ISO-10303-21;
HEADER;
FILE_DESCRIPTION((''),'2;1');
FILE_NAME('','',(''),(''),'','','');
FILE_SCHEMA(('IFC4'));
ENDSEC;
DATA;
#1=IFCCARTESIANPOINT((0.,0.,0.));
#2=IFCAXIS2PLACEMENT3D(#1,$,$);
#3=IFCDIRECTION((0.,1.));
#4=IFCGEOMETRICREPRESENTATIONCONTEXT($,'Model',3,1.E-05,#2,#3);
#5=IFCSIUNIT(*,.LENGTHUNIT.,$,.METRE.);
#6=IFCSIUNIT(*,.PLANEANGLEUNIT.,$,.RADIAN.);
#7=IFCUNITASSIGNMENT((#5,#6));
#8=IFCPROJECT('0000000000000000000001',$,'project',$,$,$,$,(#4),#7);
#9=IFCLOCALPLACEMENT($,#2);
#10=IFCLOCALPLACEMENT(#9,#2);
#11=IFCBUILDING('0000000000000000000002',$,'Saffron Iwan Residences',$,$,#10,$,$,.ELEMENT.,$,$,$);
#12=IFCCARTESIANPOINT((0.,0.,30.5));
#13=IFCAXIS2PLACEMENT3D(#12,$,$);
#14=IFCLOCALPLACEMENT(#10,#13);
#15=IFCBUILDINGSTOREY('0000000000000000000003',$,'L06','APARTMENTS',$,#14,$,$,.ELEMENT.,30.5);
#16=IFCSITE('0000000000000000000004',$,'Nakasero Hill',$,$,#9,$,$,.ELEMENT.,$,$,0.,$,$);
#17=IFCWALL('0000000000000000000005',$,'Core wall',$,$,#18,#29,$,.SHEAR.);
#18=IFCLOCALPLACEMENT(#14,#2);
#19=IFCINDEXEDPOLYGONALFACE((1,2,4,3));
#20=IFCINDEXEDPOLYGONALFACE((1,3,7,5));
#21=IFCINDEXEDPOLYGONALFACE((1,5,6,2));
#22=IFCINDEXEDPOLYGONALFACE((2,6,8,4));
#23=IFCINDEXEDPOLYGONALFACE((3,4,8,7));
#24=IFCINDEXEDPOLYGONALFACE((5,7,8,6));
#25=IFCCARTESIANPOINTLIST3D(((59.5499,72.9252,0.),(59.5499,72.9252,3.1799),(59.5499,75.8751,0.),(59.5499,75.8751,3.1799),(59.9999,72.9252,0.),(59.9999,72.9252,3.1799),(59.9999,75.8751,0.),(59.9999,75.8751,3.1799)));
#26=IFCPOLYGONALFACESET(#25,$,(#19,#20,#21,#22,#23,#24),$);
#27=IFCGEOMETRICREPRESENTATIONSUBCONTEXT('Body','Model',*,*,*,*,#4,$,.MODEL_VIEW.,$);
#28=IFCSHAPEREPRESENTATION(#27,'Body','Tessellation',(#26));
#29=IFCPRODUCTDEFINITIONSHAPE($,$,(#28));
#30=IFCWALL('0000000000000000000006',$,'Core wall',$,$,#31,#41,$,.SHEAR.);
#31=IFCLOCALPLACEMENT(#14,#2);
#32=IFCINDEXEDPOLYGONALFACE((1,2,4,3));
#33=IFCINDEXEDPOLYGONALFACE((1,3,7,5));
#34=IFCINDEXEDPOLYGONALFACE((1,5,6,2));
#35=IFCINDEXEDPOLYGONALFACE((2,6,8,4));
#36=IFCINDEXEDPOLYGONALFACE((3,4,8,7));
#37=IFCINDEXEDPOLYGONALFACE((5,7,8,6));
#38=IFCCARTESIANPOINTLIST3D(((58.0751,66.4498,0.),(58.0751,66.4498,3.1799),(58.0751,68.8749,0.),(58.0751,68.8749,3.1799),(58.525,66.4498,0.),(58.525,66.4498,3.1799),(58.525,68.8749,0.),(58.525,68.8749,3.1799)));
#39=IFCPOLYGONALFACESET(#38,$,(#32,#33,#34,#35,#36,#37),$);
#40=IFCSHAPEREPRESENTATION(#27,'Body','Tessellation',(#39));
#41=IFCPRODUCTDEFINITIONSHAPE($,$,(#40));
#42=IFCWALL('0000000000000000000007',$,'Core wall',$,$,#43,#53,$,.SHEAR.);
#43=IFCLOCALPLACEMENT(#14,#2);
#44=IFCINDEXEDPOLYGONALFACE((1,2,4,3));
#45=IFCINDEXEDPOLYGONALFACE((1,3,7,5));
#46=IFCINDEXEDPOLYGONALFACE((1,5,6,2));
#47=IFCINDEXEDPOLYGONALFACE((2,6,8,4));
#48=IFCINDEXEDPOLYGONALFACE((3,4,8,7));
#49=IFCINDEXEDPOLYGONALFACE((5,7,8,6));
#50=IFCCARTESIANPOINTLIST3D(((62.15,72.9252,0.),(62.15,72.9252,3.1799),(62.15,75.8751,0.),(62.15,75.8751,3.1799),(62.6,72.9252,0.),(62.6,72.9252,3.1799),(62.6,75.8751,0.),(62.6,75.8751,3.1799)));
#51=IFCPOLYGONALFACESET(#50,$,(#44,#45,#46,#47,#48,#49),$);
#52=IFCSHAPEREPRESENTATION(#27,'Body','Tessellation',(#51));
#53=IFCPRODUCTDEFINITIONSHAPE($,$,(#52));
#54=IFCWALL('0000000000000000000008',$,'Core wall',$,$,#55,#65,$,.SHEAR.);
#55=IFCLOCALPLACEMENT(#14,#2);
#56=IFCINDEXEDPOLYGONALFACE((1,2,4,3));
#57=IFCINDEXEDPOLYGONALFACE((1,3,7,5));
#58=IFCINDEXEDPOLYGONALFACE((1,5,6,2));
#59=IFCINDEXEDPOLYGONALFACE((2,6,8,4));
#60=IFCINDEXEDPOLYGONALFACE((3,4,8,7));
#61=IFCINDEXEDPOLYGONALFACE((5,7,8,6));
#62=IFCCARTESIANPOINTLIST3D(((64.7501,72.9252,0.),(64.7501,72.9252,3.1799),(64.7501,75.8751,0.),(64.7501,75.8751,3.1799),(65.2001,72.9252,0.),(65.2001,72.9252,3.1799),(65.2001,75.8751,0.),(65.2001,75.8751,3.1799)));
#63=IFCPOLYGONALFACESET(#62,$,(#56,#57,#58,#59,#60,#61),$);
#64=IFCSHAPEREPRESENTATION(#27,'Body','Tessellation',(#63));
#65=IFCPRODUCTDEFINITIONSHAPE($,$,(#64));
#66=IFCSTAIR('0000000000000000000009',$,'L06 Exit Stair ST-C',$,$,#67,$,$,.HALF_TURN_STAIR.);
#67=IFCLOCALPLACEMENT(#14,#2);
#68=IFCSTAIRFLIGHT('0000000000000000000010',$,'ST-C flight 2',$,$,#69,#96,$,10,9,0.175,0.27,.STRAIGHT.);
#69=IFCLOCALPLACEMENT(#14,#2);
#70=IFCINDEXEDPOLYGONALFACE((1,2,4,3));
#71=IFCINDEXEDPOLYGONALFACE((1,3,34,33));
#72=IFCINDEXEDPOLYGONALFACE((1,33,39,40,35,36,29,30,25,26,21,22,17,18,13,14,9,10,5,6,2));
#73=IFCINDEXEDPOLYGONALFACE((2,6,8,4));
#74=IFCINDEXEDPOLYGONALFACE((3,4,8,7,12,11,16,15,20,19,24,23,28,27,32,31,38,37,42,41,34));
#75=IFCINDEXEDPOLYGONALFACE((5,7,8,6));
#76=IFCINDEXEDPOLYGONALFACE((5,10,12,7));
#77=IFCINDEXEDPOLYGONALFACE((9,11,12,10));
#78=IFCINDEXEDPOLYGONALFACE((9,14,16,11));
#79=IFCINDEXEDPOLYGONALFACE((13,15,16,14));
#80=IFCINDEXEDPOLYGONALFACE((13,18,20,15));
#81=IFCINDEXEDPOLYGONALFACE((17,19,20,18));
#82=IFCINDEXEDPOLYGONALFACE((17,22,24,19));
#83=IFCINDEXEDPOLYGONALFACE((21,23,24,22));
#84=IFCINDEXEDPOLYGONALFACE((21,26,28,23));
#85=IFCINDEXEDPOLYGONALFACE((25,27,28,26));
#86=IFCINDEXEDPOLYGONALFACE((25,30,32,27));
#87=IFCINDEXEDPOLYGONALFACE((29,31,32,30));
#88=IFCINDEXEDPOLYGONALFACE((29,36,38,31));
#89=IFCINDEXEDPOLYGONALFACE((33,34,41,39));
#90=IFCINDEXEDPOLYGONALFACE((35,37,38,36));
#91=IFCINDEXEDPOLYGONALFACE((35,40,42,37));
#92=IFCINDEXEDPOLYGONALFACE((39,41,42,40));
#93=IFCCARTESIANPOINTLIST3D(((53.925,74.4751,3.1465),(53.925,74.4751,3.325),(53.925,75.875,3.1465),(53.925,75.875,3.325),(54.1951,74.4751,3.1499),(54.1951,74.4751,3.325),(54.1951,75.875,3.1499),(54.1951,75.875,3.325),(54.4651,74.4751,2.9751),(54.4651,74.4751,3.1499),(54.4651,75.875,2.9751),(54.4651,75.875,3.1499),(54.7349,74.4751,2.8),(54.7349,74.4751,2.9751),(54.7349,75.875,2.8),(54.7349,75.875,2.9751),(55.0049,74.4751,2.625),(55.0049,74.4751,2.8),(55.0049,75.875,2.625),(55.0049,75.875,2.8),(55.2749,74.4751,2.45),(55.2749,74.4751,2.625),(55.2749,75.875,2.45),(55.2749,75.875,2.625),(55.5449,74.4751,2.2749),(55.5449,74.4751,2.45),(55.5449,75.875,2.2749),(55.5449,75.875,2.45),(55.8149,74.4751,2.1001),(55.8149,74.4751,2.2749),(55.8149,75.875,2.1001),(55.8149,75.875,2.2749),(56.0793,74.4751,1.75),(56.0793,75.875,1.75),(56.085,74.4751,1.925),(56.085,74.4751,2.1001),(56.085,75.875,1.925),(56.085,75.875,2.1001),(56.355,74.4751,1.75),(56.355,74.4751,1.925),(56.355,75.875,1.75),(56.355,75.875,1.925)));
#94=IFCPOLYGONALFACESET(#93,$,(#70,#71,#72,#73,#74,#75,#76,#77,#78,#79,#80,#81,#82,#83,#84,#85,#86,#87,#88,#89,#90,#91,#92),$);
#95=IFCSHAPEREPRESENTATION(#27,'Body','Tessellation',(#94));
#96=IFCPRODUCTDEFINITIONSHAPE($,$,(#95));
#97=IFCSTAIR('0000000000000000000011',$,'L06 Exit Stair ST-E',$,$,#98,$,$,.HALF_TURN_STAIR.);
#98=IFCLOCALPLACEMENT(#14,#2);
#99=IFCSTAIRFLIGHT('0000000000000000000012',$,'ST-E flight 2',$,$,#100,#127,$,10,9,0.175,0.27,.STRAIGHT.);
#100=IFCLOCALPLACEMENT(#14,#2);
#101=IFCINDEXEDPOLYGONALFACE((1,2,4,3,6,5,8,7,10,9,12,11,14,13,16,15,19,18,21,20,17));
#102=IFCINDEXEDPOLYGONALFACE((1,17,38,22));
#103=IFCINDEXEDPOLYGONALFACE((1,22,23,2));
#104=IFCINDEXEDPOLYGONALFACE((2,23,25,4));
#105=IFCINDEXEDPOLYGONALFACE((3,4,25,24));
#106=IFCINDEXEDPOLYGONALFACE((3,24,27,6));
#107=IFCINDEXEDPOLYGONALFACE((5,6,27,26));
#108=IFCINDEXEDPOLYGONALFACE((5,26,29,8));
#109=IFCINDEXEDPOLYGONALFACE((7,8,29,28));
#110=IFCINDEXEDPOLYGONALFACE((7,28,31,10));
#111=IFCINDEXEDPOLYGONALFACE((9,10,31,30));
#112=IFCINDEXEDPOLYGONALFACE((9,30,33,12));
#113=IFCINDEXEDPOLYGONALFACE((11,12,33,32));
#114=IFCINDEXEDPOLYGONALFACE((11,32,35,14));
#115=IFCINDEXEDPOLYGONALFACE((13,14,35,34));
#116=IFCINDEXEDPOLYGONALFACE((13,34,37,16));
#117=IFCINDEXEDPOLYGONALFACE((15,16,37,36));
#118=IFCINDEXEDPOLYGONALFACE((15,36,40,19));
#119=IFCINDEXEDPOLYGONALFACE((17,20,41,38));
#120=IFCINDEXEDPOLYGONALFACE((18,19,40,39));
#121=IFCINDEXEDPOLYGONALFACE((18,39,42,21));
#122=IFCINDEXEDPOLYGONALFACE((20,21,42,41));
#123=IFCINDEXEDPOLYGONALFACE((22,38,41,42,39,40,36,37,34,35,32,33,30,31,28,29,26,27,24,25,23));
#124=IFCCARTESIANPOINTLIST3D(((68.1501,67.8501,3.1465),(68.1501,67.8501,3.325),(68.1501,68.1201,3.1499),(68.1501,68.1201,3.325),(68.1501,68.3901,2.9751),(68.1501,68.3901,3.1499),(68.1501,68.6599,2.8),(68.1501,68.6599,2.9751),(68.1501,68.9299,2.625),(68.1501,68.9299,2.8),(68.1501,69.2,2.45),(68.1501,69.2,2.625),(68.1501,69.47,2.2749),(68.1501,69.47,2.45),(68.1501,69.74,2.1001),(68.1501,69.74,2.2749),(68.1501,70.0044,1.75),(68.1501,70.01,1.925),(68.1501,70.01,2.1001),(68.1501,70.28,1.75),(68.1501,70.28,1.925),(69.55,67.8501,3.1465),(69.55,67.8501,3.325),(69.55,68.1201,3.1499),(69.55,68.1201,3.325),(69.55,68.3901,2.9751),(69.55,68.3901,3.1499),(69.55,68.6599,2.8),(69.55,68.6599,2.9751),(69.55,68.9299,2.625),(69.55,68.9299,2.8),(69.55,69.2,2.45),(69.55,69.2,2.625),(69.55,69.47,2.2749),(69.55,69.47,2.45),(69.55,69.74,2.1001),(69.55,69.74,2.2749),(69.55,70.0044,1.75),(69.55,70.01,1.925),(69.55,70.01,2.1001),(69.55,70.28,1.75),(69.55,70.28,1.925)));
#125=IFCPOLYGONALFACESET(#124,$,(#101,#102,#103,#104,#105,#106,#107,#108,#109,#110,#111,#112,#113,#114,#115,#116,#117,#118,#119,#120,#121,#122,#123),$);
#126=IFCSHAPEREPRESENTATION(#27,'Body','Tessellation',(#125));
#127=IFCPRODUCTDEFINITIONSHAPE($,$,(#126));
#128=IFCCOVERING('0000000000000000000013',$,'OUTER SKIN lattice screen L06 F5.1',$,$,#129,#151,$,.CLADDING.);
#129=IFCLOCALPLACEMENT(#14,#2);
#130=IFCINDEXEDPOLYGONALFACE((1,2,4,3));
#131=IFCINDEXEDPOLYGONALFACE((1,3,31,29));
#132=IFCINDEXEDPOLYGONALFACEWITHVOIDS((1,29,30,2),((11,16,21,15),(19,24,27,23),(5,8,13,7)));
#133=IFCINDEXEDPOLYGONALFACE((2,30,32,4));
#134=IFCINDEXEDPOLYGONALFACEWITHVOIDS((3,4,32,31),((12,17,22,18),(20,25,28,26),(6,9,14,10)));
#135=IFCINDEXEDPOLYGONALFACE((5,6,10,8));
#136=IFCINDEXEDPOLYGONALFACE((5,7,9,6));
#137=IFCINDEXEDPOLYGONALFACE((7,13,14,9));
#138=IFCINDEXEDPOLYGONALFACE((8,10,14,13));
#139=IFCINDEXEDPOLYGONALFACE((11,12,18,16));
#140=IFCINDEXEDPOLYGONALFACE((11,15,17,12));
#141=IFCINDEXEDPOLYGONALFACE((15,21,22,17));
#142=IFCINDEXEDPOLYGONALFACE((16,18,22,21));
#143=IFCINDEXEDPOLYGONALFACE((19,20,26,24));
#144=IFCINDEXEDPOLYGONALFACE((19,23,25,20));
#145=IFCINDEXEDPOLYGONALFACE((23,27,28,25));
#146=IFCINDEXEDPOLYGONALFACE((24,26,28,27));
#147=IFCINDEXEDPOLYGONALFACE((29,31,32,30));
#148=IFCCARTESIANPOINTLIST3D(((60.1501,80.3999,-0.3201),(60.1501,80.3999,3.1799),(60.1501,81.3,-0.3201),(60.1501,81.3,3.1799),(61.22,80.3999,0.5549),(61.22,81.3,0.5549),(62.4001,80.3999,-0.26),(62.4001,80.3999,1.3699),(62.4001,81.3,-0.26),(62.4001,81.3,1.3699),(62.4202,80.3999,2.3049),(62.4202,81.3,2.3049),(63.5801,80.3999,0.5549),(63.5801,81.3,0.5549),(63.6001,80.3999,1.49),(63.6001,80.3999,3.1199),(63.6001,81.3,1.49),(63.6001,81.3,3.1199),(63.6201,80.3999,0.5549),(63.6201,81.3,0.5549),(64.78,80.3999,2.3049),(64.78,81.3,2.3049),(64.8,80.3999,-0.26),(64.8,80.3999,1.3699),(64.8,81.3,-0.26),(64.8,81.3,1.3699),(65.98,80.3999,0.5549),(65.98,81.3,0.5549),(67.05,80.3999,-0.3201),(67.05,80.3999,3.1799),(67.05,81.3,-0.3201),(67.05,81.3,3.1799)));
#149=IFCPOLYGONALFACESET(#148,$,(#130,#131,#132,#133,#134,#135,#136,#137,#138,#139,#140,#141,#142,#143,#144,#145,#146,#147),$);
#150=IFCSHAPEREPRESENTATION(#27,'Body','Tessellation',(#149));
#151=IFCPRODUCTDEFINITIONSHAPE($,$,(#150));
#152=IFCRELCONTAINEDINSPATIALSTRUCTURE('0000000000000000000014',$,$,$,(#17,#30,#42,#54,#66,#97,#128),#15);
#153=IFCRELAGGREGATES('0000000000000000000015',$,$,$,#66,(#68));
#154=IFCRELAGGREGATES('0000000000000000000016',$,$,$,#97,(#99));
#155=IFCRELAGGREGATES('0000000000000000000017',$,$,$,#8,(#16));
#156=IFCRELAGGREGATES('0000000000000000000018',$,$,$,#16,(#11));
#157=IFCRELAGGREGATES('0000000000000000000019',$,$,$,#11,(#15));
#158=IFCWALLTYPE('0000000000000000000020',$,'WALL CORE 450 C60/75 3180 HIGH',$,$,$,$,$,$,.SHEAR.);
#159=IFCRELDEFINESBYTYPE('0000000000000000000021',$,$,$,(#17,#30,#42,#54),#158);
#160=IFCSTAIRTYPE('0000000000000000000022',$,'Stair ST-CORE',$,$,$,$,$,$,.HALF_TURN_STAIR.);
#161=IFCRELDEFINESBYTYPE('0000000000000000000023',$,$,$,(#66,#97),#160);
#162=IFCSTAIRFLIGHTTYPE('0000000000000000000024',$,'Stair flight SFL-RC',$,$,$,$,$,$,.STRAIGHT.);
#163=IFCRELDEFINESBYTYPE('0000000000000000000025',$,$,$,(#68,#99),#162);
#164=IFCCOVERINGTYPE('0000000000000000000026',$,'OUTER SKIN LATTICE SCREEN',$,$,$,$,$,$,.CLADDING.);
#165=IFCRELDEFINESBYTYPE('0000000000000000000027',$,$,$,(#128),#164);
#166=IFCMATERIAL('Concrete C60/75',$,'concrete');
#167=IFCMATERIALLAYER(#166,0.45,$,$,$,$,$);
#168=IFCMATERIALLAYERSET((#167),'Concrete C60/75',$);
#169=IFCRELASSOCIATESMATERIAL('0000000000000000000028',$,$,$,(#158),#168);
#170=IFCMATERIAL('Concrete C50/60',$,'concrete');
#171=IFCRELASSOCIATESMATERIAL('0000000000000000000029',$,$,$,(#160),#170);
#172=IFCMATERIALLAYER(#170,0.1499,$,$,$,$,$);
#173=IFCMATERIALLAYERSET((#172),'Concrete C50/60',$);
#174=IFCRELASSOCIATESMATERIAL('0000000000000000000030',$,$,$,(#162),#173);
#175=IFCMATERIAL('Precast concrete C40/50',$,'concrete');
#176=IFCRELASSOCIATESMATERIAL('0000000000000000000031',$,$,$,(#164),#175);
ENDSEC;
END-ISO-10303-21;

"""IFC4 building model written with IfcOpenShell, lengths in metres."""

from ifc_helpers import new_model, si_unit, direction, frame, frame_2d, origin, place, context, subcontext, project, spatial, polyline, rectangle, outline, extrude, material, layer, layer_set, type_object, element, aggregate, save


model = new_model("IFC4")

# Units and contexts
model_context = context("Model", 3, precision=1e-05, world=origin(), true_north=direction((0.0, 1.0)))
body_context = subcontext(model_context, "Body", "Model", "MODEL_VIEW")
ifc_project = project(units=[si_unit("LENGTHUNIT", "METRE"), si_unit("PLANEANGLEUNIT", "RADIAN")], contexts=[model_context])

# Site, building, storey
site_placement = place(None, origin())
site = spatial("IfcSite", under=ifc_project, at=site_placement, Name="Nakasero Hill", CompositionType="ELEMENT", RefElevation=0.0)
building_placement = place(site_placement, origin())
building = spatial("IfcBuilding", under=site, at=building_placement, Name="Saffron Iwan Residences", CompositionType="ELEMENT")
storey_placement = place(building_placement, frame((0.0, 0.0, 30.5)))
storey = spatial("IfcBuildingStorey", under=building, at=storey_placement, Name="L06", Description="APARTMENTS", CompositionType="ELEMENT", Elevation=30.5)

# Shared definitions
ifc_material_1 = material(Name="Concrete C60/75", Category="concrete")

# Shared definitions
ifc_layer_1 = layer(ifc_material_1, 0.45)
ifc_layer_set_1 = layer_set([ifc_layer_1], Name="Concrete C60/75")
wall_type_1 = type_object("IfcWallType", Name="WALL CORE 450 C60/75 3180 HIGH", PredefinedType="SHEAR", material=ifc_layer_set_1)

# Walls
wall_1_placement = place(storey_placement, frame((59.7749, 72.925, 0.0), z_axis=(0.0, 0.0, 1.0), x_axis=(0.0, 1.0, 0.0)))
element("IfcWall", 1, at=wall_1_placement, inside=storey, type_object=wall_type_1, Name="Core wall", PredefinedType="SHEAR", context=body_context, shape_type="SweptSolid", body=[
    extrude(rectangle(XDim=2.95, YDim=0.45, at=frame_2d((1.4751, 0.0))), origin(), (0.0, 0.0, 1.0), 3.1799),
])
wall_2_placement = place(storey_placement, frame((58.3, 66.45, 0.0), z_axis=(0.0, 0.0, 1.0), x_axis=(0.0, 1.0, 0.0)))
element("IfcWall", 2, at=wall_2_placement, inside=storey, type_object=wall_type_1, Name="Core wall", PredefinedType="SHEAR", context=body_context, shape_type="SweptSolid", body=[
    extrude(rectangle(XDim=2.425, YDim=0.45, at=frame_2d((1.2124, 0.0))), origin(), (0.0, 0.0, 1.0), 3.1799),
])
for number, where, z_axis, x_axis, name in (
    (3, (62.375, 72.925, 0.0), (0.0, 0.0, 1.0), (0.0, 1.0, 0.0), "Core wall"),
    (4, (64.9751, 72.925, 0.0), (0.0, 0.0, 1.0), (0.0, 1.0, 0.0), "Core wall"),
):
    element("IfcWall", number, at=place(storey_placement, frame(where, z_axis=z_axis, x_axis=x_axis)), inside=storey, type_object=wall_type_1, Name=name, PredefinedType="SHEAR", context=body_context, shape_type="SweptSolid", body=[
        extrude(rectangle(XDim=2.95, YDim=0.45, at=frame_2d((1.4751, 0.0))), origin(), (0.0, 0.0, 1.0), 3.1799),
    ])

# Stairs, stair flights
ifc_material_2 = material(Name="Concrete C50/60", Category="concrete")
stair_type = type_object("IfcStairType", Name="Stair ST-CORE", PredefinedType="HALF_TURN_STAIR", material=ifc_material_2)
stair_1_placement = place(storey_placement, origin())
stair_1 = element("IfcStair", 5, at=stair_1_placement, inside=storey, type_object=stair_type, Name="L06 Exit Stair ST-C", PredefinedType="HALF_TURN_STAIR")
ifc_layer_2 = layer(ifc_material_2, 0.1499)
ifc_layer_set_2 = layer_set([ifc_layer_2], Name="Concrete C50/60")
stair_flight_type = type_object("IfcStairFlightType", Name="Stair flight SFL-RC", PredefinedType="STRAIGHT", material=ifc_layer_set_2)
stair_flight_1_placement = place(storey_placement, frame((56.355, 75.175, 1.75), z_axis=(0.0, 0.0, 1.0), x_axis=(-1.0, 0.0, 0.0)))
stair_flight_1 = element("IfcStairFlight", 6, at=stair_flight_1_placement, type_object=stair_flight_type, Name="ST-C flight 2", NumberOfRisers=10, NumberOfTreads=9, PredefinedType="STRAIGHT", RiserHeight=0.175, TreadLength=0.27, context=body_context, shape_type="SweptSolid", body=[
    extrude(outline(polyline([(0.0, 0.0), (0.0, 0.175), (0.27, 0.175), (0.27, 0.3501), (0.54, 0.3501), (0.54, 0.5249), (0.8101, 0.5249), (0.8101, 0.7), (1.0801, 0.7), (1.0801, 0.875), (1.3501, 0.875), (1.3501, 1.05), (1.6201, 1.05), (1.6201, 1.2251), (1.8899, 1.2251), (1.8899, 1.3999), (2.1599, 1.3999), (2.1599, 1.575), (2.4299, 1.575), (2.4299, 1.75), (2.4299, 1.3965), (0.2756, 0.0), (0.0, 0.0)])), frame((0.0, 0.7, 0.0), z_axis=(0.0, -1.0, 0.0), x_axis=(1.0, 0.0, 0.0)), (0.0, 0.0, 1.0), 1.3999),
])
aggregate(stair_1, [stair_flight_1])
stair_2_placement = place(storey_placement, origin())
stair_2 = element("IfcStair", 7, at=stair_2_placement, inside=storey, type_object=stair_type, Name="L06 Exit Stair ST-E", PredefinedType="HALF_TURN_STAIR")
stair_flight_2_placement = place(storey_placement, frame((68.8501, 70.28, 1.75), z_axis=(0.0, 0.0, 1.0), x_axis=(0.0, -1.0, 0.0)))
stair_flight_2 = element("IfcStairFlight", 8, at=stair_flight_2_placement, type_object=stair_flight_type, Name="ST-E flight 2", NumberOfRisers=10, NumberOfTreads=9, PredefinedType="STRAIGHT", RiserHeight=0.175, TreadLength=0.27, context=body_context, shape_type="SweptSolid", body=[
    extrude(outline(polyline([(0.0, 0.0), (0.0, 0.175), (0.27, 0.175), (0.27, 0.3501), (0.54, 0.3501), (0.54, 0.5249), (0.8101, 0.5249), (0.8101, 0.7), (1.0801, 0.7), (1.0801, 0.875), (1.3501, 0.875), (1.3501, 1.05), (1.6201, 1.05), (1.6201, 1.2251), (1.8899, 1.2251), (1.8899, 1.3999), (2.1599, 1.3999), (2.1599, 1.575), (2.4299, 1.575), (2.4299, 1.75), (2.4299, 1.3965), (0.2756, 0.0), (0.0, 0.0)])), frame((0.0, 0.7, 0.0), z_axis=(0.0, -1.0, 0.0), x_axis=(1.0, 0.0, 0.0)), (0.0, 0.0, 1.0), 1.3999),
])
aggregate(stair_2, [stair_flight_2])

# Covering
ifc_material_3 = material(Name="Precast concrete C40/50", Category="concrete")
covering_type_1 = type_object("IfcCoveringType", Name="OUTER SKIN LATTICE SCREEN", PredefinedType="CLADDING", material=ifc_material_3)
covering_placement = place(storey_placement, frame((67.05, 80.3999, -0.3201), z_axis=(0.0, 1.0, 0.0), x_axis=(-1.0, 0.0, 0.0)))
element("IfcCovering", 9, at=covering_placement, inside=storey, type_object=covering_type_1, Name="OUTER SKIN lattice screen L06 F5.1", PredefinedType="CLADDING", context=body_context, shape_type="SweptSolid", body=[
    extrude(outline(polyline([(0.0, 0.0), (6.8999, 0.0), (6.8999, 3.5), (0.0, 3.5), (0.0, 0.0)]), holes=[polyline([(1.0701, 0.875), (2.25, 0.0601), (3.4299, 0.875), (2.25, 1.6899), (1.0701, 0.875)]), polyline([(3.47, 0.875), (4.6499, 0.0601), (5.8301, 0.875), (4.6499, 1.6899), (3.47, 0.875)]), polyline([(2.27, 2.625), (3.45, 1.8101), (4.6299, 2.625), (3.45, 3.4399), (2.27, 2.625)])]), origin(), (0.0, 0.0, 1.0), 0.9001),
])

save(model, "model.ifc")
